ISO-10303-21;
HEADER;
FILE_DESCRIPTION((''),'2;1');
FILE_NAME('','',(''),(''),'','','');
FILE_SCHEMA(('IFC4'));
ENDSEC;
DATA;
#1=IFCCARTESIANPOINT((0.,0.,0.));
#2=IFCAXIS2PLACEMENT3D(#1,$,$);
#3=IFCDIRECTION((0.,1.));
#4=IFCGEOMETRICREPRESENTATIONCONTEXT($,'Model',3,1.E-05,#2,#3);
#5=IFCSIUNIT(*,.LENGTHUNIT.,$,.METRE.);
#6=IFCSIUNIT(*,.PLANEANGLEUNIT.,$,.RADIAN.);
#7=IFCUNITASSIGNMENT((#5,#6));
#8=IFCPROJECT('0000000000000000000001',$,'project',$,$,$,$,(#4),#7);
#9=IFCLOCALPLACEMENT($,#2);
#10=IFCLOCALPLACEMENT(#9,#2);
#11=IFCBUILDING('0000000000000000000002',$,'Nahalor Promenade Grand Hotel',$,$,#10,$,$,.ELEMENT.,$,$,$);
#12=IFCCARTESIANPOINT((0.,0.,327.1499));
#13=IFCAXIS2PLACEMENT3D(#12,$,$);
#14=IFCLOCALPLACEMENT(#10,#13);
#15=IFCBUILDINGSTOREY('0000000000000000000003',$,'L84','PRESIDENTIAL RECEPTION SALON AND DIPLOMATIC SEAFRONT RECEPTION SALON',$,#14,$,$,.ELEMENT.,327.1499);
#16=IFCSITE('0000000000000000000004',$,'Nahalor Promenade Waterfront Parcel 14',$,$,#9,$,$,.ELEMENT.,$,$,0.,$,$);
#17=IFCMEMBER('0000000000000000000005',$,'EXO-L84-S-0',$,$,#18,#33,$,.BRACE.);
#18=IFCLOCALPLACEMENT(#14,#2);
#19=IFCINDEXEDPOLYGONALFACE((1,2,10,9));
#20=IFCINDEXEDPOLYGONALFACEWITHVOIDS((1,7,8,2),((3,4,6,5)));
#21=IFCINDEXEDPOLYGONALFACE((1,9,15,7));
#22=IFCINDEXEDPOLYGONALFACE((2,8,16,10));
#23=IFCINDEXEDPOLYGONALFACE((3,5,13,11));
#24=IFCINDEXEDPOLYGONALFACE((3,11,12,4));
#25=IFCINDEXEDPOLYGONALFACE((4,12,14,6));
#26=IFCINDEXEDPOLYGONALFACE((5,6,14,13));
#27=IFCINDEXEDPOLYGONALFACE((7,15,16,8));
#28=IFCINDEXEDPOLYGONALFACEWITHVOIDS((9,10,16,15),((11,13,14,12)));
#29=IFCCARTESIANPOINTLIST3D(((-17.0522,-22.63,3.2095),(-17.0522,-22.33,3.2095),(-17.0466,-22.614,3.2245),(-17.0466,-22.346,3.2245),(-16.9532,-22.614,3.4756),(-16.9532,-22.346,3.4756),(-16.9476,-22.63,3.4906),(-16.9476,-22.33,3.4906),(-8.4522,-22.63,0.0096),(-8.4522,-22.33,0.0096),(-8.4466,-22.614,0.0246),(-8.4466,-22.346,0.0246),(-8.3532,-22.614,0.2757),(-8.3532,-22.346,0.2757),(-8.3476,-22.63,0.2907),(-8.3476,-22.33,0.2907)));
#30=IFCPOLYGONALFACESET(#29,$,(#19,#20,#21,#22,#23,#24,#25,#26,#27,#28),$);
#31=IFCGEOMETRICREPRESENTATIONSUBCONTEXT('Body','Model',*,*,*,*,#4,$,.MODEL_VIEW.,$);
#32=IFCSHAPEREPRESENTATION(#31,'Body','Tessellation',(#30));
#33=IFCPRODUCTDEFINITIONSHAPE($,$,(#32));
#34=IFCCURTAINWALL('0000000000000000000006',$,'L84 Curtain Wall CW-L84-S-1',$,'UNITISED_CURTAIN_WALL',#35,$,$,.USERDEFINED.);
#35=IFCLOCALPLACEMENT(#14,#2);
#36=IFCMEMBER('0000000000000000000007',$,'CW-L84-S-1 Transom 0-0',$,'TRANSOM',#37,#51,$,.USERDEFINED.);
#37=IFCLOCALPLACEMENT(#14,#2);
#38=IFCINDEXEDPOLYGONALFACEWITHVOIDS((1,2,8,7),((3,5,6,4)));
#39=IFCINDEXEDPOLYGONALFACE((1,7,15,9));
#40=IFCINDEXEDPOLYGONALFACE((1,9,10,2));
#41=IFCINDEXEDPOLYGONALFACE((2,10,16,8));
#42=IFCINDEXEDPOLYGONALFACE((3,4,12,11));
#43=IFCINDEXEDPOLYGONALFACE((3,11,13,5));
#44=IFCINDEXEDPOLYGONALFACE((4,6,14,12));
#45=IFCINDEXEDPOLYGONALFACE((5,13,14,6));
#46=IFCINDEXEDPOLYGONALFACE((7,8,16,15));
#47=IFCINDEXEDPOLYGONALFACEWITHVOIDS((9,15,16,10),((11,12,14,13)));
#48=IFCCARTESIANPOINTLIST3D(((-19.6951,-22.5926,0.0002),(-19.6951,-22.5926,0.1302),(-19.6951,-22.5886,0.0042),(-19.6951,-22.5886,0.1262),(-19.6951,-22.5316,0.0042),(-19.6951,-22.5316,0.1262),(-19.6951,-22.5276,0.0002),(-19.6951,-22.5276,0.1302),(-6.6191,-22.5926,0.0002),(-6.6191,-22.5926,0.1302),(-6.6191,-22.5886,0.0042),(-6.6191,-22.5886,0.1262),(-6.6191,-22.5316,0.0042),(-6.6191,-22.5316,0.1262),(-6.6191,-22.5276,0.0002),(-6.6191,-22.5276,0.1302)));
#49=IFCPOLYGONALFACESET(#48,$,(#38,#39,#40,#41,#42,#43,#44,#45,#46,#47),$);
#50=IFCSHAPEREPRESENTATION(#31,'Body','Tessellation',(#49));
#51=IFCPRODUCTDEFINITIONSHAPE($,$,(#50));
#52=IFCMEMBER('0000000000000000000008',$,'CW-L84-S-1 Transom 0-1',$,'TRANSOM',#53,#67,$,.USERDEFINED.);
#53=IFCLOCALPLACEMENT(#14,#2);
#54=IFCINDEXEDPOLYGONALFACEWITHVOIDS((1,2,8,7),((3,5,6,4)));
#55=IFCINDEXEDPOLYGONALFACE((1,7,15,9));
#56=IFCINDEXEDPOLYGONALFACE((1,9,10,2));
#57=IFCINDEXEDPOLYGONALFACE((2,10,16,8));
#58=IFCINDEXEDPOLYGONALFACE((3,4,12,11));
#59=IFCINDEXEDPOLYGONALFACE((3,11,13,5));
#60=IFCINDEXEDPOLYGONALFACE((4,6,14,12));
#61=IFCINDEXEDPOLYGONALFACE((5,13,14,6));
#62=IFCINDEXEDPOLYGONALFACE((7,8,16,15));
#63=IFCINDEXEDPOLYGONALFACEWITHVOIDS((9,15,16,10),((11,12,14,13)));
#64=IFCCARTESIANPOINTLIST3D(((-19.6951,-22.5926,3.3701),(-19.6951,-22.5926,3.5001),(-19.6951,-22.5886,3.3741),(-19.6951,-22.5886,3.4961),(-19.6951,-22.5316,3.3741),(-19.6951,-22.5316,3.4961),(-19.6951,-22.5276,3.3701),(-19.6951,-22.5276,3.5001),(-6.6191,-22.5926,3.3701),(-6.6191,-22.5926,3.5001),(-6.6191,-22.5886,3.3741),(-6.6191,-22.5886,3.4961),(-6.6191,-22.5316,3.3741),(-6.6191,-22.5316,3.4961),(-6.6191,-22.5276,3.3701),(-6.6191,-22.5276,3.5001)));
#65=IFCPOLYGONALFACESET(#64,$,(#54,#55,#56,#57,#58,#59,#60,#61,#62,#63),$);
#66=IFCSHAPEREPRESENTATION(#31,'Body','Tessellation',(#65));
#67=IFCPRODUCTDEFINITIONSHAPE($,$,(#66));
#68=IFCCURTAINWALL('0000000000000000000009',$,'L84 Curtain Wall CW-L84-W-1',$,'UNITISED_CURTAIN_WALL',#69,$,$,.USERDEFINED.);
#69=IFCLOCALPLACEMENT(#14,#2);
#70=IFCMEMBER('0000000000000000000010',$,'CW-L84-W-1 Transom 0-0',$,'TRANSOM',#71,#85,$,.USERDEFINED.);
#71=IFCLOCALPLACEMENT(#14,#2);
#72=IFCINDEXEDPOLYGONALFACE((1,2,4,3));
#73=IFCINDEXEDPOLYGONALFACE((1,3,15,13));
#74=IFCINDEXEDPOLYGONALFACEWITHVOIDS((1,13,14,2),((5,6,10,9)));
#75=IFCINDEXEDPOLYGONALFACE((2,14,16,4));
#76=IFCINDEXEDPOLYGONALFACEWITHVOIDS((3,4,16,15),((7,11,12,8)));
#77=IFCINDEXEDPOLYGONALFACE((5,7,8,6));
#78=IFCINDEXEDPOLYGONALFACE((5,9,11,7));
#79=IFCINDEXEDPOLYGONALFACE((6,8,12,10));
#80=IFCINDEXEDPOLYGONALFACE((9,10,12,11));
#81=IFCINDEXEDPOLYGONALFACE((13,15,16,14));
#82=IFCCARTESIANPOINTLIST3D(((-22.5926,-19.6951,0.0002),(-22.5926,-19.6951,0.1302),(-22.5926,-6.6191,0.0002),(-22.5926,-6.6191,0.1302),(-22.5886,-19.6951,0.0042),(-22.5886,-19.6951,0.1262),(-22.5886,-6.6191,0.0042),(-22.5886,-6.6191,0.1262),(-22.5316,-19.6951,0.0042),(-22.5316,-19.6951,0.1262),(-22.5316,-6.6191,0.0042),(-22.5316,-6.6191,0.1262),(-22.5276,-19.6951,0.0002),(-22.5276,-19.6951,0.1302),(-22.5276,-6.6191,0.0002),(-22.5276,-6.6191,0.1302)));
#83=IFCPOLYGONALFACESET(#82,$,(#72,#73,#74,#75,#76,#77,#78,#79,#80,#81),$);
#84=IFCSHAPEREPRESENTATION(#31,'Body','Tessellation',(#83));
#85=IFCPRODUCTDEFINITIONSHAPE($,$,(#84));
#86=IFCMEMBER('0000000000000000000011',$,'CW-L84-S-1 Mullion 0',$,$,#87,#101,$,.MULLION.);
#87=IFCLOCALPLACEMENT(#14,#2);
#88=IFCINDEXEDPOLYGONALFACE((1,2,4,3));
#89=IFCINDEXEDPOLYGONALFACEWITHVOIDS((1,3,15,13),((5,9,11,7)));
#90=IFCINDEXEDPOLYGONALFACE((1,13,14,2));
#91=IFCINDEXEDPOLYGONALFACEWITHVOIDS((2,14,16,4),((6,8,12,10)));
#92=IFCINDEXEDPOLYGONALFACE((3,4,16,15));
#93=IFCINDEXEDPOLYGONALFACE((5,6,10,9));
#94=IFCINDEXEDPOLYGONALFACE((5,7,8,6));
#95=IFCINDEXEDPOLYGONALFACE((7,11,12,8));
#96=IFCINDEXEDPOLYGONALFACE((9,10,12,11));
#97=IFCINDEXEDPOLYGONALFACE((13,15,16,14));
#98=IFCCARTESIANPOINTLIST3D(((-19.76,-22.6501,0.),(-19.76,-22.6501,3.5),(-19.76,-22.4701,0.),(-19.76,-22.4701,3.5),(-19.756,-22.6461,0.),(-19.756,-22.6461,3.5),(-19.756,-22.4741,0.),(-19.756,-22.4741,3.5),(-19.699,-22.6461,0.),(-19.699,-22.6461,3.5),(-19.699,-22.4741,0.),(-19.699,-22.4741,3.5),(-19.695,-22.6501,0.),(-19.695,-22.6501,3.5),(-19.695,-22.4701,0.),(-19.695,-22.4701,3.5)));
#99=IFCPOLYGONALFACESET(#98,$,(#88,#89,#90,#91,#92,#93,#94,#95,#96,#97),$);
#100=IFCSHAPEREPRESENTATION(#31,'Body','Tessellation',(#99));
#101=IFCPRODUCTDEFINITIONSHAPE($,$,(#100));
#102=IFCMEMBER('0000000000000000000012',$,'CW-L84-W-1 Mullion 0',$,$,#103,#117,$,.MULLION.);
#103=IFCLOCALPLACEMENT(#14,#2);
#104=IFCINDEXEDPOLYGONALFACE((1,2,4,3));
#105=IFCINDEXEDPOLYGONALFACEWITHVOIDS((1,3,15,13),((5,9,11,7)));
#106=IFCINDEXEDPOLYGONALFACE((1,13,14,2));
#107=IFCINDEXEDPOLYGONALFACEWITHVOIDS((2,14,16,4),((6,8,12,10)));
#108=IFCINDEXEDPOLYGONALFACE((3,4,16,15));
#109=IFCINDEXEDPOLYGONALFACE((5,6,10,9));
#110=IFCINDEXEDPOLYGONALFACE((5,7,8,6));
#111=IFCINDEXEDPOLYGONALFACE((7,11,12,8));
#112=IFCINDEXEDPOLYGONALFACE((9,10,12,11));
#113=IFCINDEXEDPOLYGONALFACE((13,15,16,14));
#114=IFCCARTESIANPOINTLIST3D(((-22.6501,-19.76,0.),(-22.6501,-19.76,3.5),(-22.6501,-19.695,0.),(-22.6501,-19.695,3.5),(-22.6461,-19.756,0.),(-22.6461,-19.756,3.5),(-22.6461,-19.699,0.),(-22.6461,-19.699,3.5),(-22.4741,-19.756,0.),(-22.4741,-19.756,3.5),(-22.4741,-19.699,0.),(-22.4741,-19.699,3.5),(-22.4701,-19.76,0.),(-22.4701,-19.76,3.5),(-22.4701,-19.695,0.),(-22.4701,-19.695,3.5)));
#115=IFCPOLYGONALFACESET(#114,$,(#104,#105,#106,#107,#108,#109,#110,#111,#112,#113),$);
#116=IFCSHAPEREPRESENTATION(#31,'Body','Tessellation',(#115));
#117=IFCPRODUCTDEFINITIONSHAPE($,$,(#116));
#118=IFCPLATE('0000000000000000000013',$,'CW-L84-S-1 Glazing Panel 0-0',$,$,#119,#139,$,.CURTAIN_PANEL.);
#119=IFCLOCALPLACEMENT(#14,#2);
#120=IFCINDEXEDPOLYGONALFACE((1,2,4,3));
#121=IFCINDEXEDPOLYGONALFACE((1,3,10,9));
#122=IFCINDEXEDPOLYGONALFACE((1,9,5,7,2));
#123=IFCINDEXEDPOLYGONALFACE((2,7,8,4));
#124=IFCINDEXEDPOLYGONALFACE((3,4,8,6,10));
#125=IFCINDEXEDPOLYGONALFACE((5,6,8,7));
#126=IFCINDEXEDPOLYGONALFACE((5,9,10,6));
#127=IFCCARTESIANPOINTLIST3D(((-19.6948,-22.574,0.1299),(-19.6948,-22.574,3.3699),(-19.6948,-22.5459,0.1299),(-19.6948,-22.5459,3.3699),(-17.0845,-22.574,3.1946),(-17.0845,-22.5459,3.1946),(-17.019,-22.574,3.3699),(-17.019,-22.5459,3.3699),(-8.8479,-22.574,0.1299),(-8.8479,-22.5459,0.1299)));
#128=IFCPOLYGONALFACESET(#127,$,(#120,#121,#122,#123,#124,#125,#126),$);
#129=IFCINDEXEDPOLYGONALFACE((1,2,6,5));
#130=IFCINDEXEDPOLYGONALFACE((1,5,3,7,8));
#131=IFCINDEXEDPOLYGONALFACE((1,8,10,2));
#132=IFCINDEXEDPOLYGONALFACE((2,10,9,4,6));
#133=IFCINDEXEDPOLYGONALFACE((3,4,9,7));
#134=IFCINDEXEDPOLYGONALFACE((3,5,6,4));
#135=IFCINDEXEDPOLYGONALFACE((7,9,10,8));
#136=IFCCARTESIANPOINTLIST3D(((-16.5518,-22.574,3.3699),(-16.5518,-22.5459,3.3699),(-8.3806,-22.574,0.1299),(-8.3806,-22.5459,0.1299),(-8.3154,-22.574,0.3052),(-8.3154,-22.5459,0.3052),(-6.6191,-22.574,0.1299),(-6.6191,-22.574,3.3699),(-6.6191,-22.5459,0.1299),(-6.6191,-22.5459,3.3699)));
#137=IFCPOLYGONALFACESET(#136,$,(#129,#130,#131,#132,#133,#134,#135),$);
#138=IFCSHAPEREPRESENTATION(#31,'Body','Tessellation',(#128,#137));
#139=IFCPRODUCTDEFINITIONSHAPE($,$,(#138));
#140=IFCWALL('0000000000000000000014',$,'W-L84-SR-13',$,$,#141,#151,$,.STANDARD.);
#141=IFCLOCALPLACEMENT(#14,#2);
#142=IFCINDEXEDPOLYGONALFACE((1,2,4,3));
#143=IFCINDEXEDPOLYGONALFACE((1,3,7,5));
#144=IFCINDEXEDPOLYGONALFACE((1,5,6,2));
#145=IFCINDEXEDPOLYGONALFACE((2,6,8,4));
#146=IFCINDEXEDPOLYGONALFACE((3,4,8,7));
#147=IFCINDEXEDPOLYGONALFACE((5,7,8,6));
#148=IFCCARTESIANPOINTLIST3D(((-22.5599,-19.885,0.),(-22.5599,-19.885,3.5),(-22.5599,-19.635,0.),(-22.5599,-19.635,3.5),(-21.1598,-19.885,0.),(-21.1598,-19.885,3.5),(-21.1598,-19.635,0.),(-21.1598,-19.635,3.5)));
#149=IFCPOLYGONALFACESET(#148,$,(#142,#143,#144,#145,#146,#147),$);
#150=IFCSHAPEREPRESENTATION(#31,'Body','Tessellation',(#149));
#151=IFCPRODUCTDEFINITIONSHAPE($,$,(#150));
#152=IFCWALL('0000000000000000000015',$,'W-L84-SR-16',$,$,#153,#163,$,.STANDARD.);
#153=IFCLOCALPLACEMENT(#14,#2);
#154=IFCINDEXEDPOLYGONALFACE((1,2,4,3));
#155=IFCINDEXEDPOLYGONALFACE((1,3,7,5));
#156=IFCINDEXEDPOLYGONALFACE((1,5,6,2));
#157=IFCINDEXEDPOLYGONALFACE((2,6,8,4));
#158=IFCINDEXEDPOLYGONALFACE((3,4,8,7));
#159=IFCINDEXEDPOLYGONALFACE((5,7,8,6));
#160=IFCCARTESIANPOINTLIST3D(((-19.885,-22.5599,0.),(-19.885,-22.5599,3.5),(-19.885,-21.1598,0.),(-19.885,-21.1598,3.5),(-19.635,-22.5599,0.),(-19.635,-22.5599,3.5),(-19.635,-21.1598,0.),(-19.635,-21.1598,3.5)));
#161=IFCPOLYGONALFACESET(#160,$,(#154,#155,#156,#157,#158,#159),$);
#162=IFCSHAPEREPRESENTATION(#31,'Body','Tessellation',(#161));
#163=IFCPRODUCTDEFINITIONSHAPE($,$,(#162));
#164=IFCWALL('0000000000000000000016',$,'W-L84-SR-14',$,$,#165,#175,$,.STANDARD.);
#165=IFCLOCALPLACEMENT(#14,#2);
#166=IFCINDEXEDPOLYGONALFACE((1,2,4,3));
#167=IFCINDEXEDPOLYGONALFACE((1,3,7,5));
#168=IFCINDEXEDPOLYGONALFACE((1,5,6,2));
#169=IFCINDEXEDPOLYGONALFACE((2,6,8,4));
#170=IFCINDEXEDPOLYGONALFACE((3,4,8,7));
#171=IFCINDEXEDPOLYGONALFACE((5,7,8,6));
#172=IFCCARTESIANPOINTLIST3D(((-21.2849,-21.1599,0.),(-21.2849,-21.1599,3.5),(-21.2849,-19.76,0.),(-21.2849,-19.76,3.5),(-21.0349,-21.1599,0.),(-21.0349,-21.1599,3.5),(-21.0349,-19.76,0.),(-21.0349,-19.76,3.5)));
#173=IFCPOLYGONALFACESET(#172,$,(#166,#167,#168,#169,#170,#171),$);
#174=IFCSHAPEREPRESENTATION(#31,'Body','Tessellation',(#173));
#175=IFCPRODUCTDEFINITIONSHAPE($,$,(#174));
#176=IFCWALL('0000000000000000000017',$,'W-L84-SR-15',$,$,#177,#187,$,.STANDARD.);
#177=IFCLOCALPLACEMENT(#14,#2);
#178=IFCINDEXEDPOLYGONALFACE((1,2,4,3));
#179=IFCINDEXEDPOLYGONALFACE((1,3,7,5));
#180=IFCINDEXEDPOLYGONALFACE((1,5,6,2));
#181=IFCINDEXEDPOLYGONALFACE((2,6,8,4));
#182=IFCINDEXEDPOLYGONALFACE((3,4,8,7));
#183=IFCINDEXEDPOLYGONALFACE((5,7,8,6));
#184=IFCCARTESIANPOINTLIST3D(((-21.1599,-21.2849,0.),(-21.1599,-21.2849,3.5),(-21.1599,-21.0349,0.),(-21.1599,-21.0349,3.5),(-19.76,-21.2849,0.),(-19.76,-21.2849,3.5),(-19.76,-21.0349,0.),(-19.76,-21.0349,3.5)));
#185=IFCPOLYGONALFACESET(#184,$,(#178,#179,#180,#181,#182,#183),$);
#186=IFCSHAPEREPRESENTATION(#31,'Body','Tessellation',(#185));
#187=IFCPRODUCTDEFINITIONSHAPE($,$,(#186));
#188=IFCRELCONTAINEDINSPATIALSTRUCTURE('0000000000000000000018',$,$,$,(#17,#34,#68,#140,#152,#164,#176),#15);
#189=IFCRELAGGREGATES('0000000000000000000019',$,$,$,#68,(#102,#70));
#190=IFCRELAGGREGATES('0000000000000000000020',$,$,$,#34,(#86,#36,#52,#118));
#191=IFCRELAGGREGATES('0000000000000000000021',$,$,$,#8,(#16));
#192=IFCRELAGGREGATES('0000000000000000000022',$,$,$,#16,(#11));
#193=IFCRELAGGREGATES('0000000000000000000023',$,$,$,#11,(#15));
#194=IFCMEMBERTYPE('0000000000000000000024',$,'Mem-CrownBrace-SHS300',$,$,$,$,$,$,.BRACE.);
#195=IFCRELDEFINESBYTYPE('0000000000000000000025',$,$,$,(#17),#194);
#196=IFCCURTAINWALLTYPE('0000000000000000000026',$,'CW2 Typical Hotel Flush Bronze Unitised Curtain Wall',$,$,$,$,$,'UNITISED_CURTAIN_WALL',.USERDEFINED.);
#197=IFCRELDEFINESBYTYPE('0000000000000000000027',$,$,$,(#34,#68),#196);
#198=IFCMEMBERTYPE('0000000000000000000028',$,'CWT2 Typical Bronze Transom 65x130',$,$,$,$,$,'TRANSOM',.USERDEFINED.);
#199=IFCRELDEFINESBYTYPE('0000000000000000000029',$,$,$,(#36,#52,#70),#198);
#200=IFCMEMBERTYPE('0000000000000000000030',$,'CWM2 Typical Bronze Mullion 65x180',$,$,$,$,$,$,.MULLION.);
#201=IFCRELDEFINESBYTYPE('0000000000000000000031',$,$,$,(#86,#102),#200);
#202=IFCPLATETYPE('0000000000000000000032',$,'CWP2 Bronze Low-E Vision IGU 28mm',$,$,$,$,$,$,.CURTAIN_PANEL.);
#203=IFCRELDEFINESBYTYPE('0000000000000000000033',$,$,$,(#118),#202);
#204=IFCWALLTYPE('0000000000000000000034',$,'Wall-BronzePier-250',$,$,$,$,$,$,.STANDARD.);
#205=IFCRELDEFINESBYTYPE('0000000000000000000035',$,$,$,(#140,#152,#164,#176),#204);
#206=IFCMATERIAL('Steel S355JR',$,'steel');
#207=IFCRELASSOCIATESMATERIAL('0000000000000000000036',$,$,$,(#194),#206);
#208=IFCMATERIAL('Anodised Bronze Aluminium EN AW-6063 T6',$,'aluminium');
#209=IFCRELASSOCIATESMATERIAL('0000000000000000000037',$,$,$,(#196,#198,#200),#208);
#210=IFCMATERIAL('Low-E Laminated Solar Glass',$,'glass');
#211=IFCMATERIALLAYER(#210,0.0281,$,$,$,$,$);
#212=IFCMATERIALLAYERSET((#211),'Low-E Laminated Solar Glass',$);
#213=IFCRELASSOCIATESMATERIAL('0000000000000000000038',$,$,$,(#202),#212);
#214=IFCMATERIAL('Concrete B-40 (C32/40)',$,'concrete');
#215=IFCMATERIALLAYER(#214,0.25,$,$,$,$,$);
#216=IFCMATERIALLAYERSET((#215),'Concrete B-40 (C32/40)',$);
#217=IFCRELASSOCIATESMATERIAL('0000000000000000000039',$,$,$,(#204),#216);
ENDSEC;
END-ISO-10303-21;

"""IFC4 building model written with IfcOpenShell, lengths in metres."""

from ifc_helpers import new_model, si_unit, direction, frame, frame_2d, origin, origin_2d, place, context, subcontext, project, spatial, polyline, rectangle, hollow_rectangle, outline, extrude, source, transform, mapped, material, layer, layer_set, material_profile, profile_set, type_object, element, aggregate, save


model = new_model("IFC4")

# Units and contexts
model_context = context("Model", 3, precision=1e-05, world=origin(), true_north=direction((0.0, 1.0)))
body_context = subcontext(model_context, "Body", "Model", "MODEL_VIEW")
ifc_project = project(units=[si_unit("LENGTHUNIT", "METRE"), si_unit("PLANEANGLEUNIT", "RADIAN")], contexts=[model_context])

# Site, building, storey
site_placement = place(None, origin())
site = spatial("IfcSite", under=ifc_project, at=site_placement, Name="Nahalor Promenade Waterfront Parcel 14", CompositionType="ELEMENT", RefElevation=0.0)
building_placement = place(site_placement, origin())
building = spatial("IfcBuilding", under=site, at=building_placement, Name="Nahalor Promenade Grand Hotel", CompositionType="ELEMENT")
storey_placement = place(building_placement, frame((0.0, 0.0, 327.1499)))
storey = spatial("IfcBuildingStorey", under=building, at=storey_placement, Name="L84", Description="PRESIDENTIAL RECEPTION SALON AND DIPLOMATIC SEAFRONT RECEPTION SALON", CompositionType="ELEMENT", Elevation=327.1499)

# Shared definitions
ifc_material_1 = material(Name="Steel S355JR", Category="steel")

# Member
ifc_material_profile_1 = material_profile(ifc_material_1, hollow_rectangle(XDim=0.3, YDim=0.3, WallThickness=0.016, at=origin_2d()), Name="SHS 300x300x16")
ifc_profile_set_1 = profile_set([ifc_material_profile_1], Name="Steel S355JR")
member_type_1 = type_object("IfcMemberType", Name="Mem-CrownBrace-SHS300", PredefinedType="BRACE", material=ifc_profile_set_1)
shared_shape_1 = source(origin(), body_context, "Body", "SweptSolid", [
    extrude(hollow_rectangle(XDim=0.3, YDim=0.3, WallThickness=0.016, at=origin_2d()), origin(), (0.0, 0.0, 1.0), 9.176),
])
member_1_placement = place(storey_placement, frame((-8.3999, -22.48, 0.1501), z_axis=(-0.937225, 0.0, 0.348726), x_axis=(0.0, -1.0, 0.0)))
element("IfcMember", 1, at=member_1_placement, inside=storey, type_object=member_type_1, Name="EXO-L84-S-0", PredefinedType="BRACE", context=body_context, shape_type="MappedRepresentation", body=[
    mapped(shared_shape_1, transform((0.0, 0.0, 0.0), scale=1.0)),
])

# Curtain wall, members
ifc_material_2 = material(Name="Anodised Bronze Aluminium EN AW-6063 T6", Category="aluminium")
curtain_wall_type = type_object("IfcCurtainWallType", Name="CW2 Typical Hotel Flush Bronze Unitised Curtain Wall", ElementType="UNITISED_CURTAIN_WALL", PredefinedType="USERDEFINED", material=ifc_material_2)
curtain_wall_1_placement = place(storey_placement, origin())
curtain_wall_1 = element("IfcCurtainWall", 2, at=curtain_wall_1_placement, inside=storey, type_object=curtain_wall_type, Name="L84 Curtain Wall CW-L84-S-1", ObjectType="UNITISED_CURTAIN_WALL", PredefinedType="USERDEFINED")
ifc_material_profile_2 = material_profile(ifc_material_2, hollow_rectangle(XDim=0.065, YDim=0.13, WallThickness=0.004, at=origin_2d()), Name="CWT 65x130x4")
ifc_profile_set_2 = profile_set([ifc_material_profile_2], Name="Anodised Bronze Aluminium EN AW-6063 T6")
member_type_2 = type_object("IfcMemberType", Name="CWT2 Typical Bronze Transom 65x130", ElementType="TRANSOM", PredefinedType="USERDEFINED", material=ifc_profile_set_2)
shared_shape_2 = source(origin(), body_context, "Body", "SweptSolid", [
    extrude(hollow_rectangle(XDim=0.065, YDim=0.13, WallThickness=0.004, at=origin_2d()), origin(), (0.0, 0.0, 1.0), 13.0759),
])
member_2_placement = place(storey_placement, frame((-19.6951, -22.5601, 0.0652), z_axis=(1.0, 0.0, 0.0), x_axis=(0.0, 1.0, 0.0)))
member_2 = element("IfcMember", 3, at=member_2_placement, type_object=member_type_2, Name="CW-L84-S-1 Transom 0-0", ObjectType="TRANSOM", PredefinedType="USERDEFINED", context=body_context, shape_type="MappedRepresentation", body=[
    mapped(shared_shape_2, transform((0.0, 0.0, 0.0), scale=1.0)),
])
member_3_placement = place(storey_placement, frame((-19.6951, -22.5601, 3.4351), z_axis=(1.0, 0.0, 0.0), x_axis=(0.0, 1.0, 0.0)))
member_3 = element("IfcMember", 4, at=member_3_placement, type_object=member_type_2, Name="CW-L84-S-1 Transom 0-1", ObjectType="TRANSOM", PredefinedType="USERDEFINED", context=body_context, shape_type="MappedRepresentation", body=[
    mapped(shared_shape_2, transform((0.0, 0.0, 0.0), scale=1.0)),
])

# Curtain wall, member
curtain_wall_2_placement = place(storey_placement, origin())
curtain_wall_2 = element("IfcCurtainWall", 5, at=curtain_wall_2_placement, inside=storey, type_object=curtain_wall_type, Name="L84 Curtain Wall CW-L84-W-1", ObjectType="UNITISED_CURTAIN_WALL", PredefinedType="USERDEFINED")
member_4_placement = place(storey_placement, frame((-22.5601, -19.6951, 0.0652), z_axis=(0.0, 1.0, 0.0), x_axis=(-1.0, 0.0, 0.0)))
member_4 = element("IfcMember", 6, at=member_4_placement, type_object=member_type_2, Name="CW-L84-W-1 Transom 0-0", ObjectType="TRANSOM", PredefinedType="USERDEFINED", context=body_context, shape_type="MappedRepresentation", body=[
    mapped(shared_shape_2, transform((0.0, 0.0, 0.0), scale=1.0)),
])

# Members
ifc_material_profile_3 = material_profile(ifc_material_2, hollow_rectangle(XDim=0.065, YDim=0.18, WallThickness=0.004, at=origin_2d()), Name="CWM 65x180x4")
ifc_profile_set_3 = profile_set([ifc_material_profile_3], Name="Anodised Bronze Aluminium EN AW-6063 T6")
member_type_3 = type_object("IfcMemberType", Name="CWM2 Typical Bronze Mullion 65x180", PredefinedType="MULLION", material=ifc_profile_set_3)
shared_shape_3 = source(origin(), body_context, "Body", "SweptSolid", [
    extrude(hollow_rectangle(XDim=0.065, YDim=0.18, WallThickness=0.004, at=origin_2d()), origin(), (0.0, 0.0, 1.0), 3.5),
])
member_5_placement = place(storey_placement, frame((-19.7275, -22.5601, 0.0), z_axis=(0.0, 0.0, 1.0), x_axis=(1.0, 0.0, 0.0)))
member_5 = element("IfcMember", 7, at=member_5_placement, type_object=member_type_3, Name="CW-L84-S-1 Mullion 0", PredefinedType="MULLION", context=body_context, shape_type="MappedRepresentation", body=[
    mapped(shared_shape_3, transform((0.0, 0.0, 0.0), scale=1.0)),
])
member_6_placement = place(storey_placement, frame((-22.5601, -19.7275, 0.0), z_axis=(0.0, 0.0, 1.0), x_axis=(0.0, 1.0, 0.0)))
member_6 = element("IfcMember", 8, at=member_6_placement, type_object=member_type_3, Name="CW-L84-W-1 Mullion 0", PredefinedType="MULLION", context=body_context, shape_type="MappedRepresentation", body=[
    mapped(shared_shape_3, transform((0.0, 0.0, 0.0), scale=1.0)),
])
aggregate(curtain_wall_2, [member_6, member_4])

# Plate
ifc_material_3 = material(Name="Low-E Laminated Solar Glass", Category="glass")
ifc_layer_1 = layer(ifc_material_3, 0.0281)
ifc_layer_set_1 = layer_set([ifc_layer_1], Name="Low-E Laminated Solar Glass")
plate_type = type_object("IfcPlateType", Name="CWP2 Bronze Low-E Vision IGU 28mm", PredefinedType="CURTAIN_PANEL", material=ifc_layer_set_1)
plate_placement = place(storey_placement, frame((-13.157, -22.5601, 0.1299), z_axis=(0.0, 0.0, 1.0), x_axis=(1.0, 0.0, 0.0)))
plate = element("IfcPlate", 9, at=plate_placement, type_object=plate_type, Name="CW-L84-S-1 Glazing Panel 0-0", PredefinedType="CURTAIN_PANEL", context=body_context, shape_type="SweptSolid", body=[
    extrude(outline(polyline([(-6.5378, 3.24), (-6.5378, 0.0), (4.3091, 0.0), (-3.9275, 3.0647), (-3.8621, 3.24), (-6.5378, 3.24)])), frame((0.0, 0.0142, 0.0), z_axis=(0.0, -1.0, 0.0), x_axis=(1.0, 0.0, 0.0)), (0.0, 0.0, 1.0), 0.0281),
    extrude(outline(polyline([(6.5378, 0.0), (6.5378, 3.24), (-3.3948, 3.24), (4.8416, 0.1753), (4.7764, 0.0), (6.5378, 0.0)])), frame((0.0, 0.0142, 0.0), z_axis=(0.0, -1.0, 0.0), x_axis=(1.0, 0.0, 0.0)), (0.0, 0.0, 1.0), 0.0281),
])
aggregate(curtain_wall_1, [member_5, member_2, member_3, plate])

# Walls
ifc_material_4 = material(Name="Concrete B-40 (C32/40)", Category="concrete")
ifc_layer_2 = layer(ifc_material_4, 0.25)
ifc_layer_set_2 = layer_set([ifc_layer_2], Name="Concrete B-40 (C32/40)")
wall_type_1 = type_object("IfcWallType", Name="Wall-BronzePier-250", PredefinedType="STANDARD", material=ifc_layer_set_2)
shared_shape_4 = source(origin(), body_context, "Body", "SweptSolid", [
    extrude(rectangle(XDim=1.4001, YDim=0.25, at=frame_2d((0.7002, 0.0))), origin(), (0.0, 0.0, 1.0), 3.5),
])
for number, where, z_axis, x_axis, name in (
    (10, (-22.5601, -19.76, 0.0), (0.0, 0.0, 1.0), (1.0, 0.0, 0.0), "W-L84-SR-13"),
    (11, (-19.76, -22.5601, 0.0), (0.0, 0.0, 1.0), (0.0, 1.0, 0.0), "W-L84-SR-16"),
):
    element("IfcWall", number, at=place(storey_placement, frame(where, z_axis=z_axis, x_axis=x_axis)), inside=storey, type_object=wall_type_1, Name=name, PredefinedType="STANDARD", context=body_context, shape_type="MappedRepresentation", body=[
        mapped(shared_shape_4, transform((0.0, 0.0, 0.0), scale=1.0)),
    ])
shared_shape_5 = source(origin(), body_context, "Body", "SweptSolid", [
    extrude(rectangle(XDim=1.3999, YDim=0.25, at=frame_2d((0.7, 0.0))), origin(), (0.0, 0.0, 1.0), 3.5),
])
for number, where, z_axis, x_axis, name in (
    (12, (-21.1599, -21.1599, 0.0), (0.0, 0.0, 1.0), (0.0, 1.0, 0.0), "W-L84-SR-14"),
    (13, (-21.1599, -21.1599, 0.0), (0.0, 0.0, 1.0), (1.0, 0.0, 0.0), "W-L84-SR-15"),
):
    element("IfcWall", number, at=place(storey_placement, frame(where, z_axis=z_axis, x_axis=x_axis)), inside=storey, type_object=wall_type_1, Name=name, PredefinedType="STANDARD", context=body_context, shape_type="MappedRepresentation", body=[
        mapped(shared_shape_5, transform((0.0, 0.0, 0.0), scale=1.0)),
    ])

save(model, "model.ifc")
